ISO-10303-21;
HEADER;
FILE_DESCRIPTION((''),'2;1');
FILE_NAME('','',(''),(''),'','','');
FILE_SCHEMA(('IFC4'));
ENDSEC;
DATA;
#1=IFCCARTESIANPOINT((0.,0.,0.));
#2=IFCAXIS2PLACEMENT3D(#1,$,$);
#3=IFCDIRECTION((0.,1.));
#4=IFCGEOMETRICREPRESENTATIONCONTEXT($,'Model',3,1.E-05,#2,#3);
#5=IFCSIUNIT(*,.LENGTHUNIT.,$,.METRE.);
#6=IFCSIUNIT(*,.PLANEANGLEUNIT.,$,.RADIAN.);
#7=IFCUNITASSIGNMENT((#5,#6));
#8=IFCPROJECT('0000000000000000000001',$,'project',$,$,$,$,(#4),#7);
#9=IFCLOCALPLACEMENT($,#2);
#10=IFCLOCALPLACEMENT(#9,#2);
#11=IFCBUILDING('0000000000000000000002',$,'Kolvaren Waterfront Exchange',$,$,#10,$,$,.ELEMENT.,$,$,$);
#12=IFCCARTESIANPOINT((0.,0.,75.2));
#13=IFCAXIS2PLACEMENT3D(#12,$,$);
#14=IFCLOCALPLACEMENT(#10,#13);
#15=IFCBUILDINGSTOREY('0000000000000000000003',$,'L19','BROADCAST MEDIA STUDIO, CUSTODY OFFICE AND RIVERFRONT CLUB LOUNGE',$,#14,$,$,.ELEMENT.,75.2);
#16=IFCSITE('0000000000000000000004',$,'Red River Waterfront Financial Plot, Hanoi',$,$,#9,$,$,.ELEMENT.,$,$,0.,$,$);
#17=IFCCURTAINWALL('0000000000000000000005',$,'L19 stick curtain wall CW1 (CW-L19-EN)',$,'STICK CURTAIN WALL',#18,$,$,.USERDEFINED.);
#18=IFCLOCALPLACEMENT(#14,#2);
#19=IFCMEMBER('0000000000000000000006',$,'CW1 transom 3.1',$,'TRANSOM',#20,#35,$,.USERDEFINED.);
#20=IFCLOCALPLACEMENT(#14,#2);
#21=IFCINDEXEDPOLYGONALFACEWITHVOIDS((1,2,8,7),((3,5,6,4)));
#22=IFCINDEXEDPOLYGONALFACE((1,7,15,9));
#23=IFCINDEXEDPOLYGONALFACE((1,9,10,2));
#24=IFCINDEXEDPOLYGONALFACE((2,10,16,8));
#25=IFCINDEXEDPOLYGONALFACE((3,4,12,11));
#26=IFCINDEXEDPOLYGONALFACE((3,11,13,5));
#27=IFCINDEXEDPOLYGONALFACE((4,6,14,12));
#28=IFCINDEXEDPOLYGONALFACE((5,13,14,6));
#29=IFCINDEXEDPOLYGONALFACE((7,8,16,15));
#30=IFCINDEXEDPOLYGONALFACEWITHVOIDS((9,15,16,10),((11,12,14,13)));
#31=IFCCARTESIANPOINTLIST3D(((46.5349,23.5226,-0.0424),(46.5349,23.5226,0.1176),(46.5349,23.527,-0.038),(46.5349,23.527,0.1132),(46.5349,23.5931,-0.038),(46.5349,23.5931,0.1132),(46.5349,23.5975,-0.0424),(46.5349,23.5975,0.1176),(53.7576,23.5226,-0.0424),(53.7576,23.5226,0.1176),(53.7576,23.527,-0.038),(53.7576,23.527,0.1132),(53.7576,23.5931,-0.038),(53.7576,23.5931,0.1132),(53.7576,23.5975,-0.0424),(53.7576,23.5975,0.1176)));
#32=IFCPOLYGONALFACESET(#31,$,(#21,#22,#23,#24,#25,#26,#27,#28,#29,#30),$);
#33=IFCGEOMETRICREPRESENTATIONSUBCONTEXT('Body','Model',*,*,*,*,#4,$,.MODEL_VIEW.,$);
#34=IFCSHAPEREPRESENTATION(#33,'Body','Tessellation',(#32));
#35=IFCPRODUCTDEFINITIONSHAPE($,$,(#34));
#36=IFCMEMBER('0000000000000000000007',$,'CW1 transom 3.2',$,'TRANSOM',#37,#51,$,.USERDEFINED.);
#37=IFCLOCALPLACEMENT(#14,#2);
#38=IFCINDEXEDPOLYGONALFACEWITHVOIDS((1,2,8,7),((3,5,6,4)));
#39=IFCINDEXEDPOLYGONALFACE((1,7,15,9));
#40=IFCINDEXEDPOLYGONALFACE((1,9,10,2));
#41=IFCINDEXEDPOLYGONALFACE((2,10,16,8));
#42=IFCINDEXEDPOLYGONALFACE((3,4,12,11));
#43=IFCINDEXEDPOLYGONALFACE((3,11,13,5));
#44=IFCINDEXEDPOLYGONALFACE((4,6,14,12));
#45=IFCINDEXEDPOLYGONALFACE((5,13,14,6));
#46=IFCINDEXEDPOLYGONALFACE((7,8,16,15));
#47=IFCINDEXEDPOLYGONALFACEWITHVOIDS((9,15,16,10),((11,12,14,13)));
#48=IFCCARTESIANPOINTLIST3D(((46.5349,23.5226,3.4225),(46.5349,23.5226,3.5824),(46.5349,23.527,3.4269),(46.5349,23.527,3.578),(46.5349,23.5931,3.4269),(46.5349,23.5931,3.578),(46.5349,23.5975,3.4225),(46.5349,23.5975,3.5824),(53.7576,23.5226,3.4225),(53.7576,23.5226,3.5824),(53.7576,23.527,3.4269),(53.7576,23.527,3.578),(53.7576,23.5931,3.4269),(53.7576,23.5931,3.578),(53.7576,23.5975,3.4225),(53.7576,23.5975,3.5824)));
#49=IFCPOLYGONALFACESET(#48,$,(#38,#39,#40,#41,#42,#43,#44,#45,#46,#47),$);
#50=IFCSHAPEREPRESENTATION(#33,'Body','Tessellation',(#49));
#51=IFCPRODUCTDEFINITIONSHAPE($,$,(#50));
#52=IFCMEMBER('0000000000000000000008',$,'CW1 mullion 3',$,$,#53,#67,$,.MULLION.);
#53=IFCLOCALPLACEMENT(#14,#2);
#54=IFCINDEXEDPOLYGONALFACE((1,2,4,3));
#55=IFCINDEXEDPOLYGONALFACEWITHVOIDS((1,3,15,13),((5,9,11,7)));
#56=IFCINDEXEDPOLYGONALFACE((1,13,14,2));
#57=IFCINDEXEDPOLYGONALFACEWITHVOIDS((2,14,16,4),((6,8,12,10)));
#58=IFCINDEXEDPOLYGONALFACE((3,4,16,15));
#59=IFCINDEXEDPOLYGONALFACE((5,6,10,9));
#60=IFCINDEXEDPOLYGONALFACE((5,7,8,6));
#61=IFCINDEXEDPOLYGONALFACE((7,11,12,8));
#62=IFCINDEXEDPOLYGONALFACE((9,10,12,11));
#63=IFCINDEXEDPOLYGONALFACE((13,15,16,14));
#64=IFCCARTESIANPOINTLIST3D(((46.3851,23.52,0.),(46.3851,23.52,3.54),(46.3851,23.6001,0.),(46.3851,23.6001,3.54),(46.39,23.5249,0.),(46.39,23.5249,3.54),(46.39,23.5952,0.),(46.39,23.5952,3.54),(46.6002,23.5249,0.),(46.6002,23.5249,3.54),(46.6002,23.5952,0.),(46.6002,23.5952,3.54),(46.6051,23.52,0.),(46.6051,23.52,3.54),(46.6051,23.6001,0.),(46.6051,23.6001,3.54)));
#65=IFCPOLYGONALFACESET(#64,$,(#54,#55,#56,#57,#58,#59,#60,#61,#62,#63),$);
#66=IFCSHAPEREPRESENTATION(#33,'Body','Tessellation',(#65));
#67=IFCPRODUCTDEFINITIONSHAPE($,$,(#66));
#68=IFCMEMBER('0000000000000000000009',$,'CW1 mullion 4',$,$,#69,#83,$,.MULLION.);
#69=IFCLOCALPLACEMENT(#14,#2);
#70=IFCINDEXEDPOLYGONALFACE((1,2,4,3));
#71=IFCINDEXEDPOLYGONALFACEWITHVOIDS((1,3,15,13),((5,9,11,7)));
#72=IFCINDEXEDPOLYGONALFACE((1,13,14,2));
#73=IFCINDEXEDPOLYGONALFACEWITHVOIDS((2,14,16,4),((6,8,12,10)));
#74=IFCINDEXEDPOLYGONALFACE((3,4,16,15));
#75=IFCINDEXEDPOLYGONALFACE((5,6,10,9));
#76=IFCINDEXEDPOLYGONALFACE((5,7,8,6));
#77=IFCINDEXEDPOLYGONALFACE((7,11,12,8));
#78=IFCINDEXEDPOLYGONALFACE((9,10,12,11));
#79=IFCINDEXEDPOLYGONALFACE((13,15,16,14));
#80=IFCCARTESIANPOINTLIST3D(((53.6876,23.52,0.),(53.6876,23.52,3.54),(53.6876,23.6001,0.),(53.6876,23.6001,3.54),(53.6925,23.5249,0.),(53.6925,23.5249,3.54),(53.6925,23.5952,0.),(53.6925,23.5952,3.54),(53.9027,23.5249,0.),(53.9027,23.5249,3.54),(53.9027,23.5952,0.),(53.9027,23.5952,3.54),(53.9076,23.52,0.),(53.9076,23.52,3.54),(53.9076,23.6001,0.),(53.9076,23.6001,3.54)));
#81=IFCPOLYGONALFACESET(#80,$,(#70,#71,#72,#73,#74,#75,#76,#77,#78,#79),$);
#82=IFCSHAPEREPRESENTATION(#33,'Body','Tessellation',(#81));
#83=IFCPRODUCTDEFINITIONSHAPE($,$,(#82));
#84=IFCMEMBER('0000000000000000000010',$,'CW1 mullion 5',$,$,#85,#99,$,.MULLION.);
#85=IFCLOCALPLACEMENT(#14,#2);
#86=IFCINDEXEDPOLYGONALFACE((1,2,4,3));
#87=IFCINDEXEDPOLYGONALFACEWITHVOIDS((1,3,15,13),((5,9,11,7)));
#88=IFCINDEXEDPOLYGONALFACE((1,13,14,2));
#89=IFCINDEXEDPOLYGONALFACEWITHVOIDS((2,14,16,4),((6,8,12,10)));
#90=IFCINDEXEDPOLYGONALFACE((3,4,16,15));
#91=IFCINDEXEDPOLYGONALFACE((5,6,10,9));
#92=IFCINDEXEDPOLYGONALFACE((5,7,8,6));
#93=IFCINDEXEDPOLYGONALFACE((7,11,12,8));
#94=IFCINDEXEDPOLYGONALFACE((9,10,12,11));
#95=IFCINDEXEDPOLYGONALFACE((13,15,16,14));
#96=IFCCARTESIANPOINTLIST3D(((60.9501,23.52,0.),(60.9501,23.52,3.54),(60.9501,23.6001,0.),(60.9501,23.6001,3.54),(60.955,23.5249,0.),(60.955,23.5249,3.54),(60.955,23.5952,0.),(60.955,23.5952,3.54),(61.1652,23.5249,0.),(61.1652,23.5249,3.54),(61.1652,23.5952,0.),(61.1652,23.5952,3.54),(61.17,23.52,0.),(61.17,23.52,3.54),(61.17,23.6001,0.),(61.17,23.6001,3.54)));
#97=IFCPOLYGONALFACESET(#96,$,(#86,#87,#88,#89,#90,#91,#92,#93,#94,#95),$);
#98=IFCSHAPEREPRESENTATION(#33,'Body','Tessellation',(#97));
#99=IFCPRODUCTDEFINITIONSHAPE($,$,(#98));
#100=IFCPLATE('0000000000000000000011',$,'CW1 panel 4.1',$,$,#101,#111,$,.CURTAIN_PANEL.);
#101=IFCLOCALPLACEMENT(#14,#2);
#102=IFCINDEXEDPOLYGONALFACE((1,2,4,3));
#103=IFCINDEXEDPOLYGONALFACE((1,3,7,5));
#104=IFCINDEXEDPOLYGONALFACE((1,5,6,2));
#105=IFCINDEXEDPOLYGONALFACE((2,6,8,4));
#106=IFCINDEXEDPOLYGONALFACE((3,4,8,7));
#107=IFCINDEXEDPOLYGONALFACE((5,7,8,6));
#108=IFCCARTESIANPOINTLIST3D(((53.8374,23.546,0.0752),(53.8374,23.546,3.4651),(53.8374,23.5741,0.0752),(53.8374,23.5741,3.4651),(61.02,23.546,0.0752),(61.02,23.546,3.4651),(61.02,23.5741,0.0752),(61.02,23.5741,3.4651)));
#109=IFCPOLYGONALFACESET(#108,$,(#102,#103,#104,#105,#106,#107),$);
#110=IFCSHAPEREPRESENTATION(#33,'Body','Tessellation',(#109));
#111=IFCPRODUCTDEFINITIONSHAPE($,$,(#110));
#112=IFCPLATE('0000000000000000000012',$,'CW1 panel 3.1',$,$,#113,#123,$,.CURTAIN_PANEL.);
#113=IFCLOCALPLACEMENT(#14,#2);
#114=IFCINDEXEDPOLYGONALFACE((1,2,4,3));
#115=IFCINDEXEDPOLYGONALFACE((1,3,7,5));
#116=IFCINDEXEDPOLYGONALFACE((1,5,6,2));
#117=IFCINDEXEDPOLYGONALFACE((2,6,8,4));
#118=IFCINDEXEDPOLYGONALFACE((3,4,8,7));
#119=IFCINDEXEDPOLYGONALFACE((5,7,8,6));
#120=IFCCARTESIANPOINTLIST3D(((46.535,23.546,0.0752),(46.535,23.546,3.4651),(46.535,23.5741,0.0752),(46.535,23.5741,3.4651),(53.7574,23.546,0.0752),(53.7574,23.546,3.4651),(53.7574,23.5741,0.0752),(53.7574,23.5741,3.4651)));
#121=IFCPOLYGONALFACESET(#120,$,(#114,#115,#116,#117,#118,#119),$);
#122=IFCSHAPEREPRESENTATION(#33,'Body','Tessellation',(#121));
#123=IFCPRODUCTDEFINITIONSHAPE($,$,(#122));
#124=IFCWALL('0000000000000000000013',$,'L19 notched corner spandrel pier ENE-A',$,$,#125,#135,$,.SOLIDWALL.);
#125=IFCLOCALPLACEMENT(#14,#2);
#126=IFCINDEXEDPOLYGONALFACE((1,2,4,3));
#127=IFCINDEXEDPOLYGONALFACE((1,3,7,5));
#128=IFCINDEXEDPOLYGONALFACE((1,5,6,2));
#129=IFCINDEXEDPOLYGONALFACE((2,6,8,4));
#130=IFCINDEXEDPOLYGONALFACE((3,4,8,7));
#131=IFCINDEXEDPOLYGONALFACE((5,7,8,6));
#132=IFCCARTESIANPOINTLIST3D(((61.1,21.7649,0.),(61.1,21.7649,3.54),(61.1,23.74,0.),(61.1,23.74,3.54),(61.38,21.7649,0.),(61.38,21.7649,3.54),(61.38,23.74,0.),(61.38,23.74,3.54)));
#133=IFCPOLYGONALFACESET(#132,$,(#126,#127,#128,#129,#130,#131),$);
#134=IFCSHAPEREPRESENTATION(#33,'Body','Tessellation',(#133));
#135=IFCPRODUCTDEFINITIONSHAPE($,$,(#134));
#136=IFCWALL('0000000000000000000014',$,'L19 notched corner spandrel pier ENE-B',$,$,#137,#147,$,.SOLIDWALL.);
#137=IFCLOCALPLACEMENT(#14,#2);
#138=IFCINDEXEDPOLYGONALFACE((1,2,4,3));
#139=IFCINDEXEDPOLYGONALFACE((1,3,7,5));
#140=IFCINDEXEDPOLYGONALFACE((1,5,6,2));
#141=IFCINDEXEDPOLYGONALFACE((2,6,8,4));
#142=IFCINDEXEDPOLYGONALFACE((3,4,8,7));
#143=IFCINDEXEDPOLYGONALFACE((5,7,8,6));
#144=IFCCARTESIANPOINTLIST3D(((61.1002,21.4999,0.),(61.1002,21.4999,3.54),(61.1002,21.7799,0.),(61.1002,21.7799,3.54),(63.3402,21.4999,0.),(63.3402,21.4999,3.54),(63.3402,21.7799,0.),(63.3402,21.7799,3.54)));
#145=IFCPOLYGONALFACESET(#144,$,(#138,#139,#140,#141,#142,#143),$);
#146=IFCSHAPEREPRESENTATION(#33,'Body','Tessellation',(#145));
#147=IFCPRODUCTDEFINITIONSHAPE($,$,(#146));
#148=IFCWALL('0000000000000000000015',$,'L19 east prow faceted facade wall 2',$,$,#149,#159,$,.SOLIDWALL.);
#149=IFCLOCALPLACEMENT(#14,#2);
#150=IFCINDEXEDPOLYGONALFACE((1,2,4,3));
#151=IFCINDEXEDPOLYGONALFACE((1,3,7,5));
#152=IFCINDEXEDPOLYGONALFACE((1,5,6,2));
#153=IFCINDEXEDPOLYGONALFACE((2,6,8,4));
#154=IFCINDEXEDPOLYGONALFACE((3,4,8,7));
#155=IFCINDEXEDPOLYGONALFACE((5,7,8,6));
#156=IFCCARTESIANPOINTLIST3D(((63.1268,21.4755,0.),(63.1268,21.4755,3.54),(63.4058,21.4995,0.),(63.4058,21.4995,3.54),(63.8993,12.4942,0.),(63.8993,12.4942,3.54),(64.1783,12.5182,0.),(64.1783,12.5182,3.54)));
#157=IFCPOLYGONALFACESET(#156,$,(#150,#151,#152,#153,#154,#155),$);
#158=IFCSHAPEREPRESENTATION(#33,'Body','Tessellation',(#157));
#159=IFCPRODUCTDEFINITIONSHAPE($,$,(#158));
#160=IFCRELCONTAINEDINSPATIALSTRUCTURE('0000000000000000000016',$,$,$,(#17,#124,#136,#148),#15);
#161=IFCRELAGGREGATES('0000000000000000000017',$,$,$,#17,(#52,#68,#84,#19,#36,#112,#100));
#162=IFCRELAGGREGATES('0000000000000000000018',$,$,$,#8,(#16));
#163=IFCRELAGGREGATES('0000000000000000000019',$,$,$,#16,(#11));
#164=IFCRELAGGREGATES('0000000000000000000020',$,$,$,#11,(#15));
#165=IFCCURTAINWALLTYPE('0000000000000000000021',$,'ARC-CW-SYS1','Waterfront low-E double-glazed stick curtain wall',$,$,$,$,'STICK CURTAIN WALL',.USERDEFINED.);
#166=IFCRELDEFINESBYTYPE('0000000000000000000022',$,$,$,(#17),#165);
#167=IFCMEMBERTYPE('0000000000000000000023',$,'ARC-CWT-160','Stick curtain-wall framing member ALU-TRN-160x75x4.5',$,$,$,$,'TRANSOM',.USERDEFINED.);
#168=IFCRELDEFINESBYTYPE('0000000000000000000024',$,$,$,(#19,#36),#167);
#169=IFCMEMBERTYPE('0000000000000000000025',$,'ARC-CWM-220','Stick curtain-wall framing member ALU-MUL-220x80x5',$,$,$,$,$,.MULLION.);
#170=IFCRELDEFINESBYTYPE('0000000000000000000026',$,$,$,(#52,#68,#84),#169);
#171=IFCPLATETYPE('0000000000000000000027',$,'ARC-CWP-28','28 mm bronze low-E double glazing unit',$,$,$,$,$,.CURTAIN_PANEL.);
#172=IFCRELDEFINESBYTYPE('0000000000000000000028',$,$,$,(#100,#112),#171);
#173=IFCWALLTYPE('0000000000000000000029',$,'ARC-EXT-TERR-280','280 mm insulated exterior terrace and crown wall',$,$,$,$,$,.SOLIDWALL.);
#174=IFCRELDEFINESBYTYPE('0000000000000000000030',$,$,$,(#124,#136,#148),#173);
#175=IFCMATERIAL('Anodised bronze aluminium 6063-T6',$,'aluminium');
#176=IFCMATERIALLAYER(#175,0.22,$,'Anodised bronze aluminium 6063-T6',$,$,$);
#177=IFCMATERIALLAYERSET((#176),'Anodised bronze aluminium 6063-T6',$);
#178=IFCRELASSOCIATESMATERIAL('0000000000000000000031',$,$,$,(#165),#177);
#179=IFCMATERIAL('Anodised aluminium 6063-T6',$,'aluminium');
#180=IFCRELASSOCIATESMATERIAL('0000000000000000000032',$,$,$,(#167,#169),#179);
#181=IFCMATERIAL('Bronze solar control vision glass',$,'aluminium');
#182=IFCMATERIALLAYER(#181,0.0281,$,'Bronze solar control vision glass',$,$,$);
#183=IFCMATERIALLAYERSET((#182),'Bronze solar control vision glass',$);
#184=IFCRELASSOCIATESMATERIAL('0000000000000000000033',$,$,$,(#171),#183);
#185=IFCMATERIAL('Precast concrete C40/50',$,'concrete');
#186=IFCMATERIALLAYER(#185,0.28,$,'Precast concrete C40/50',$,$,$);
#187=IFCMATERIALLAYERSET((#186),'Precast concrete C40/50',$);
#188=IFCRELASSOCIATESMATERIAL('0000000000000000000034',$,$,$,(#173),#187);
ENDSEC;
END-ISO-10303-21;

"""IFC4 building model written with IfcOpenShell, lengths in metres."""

from ifc_helpers import new_model, si_unit, direction, frame, frame_2d, origin, origin_with_axes, origin_2d, place, context, subcontext, project, spatial, rectangle, hollow_rectangle, extrude, source, transform, mapped, material, layer, layer_set, material_profile, profile_set, type_object, element, aggregate, save


model = new_model("IFC4")

# Units and contexts
model_context = context("Model", 3, precision=1e-05, world=origin(), true_north=direction((0.0, 1.0)))
body_context = subcontext(model_context, "Body", "Model", "MODEL_VIEW")
ifc_project = project(units=[si_unit("LENGTHUNIT", "METRE"), si_unit("PLANEANGLEUNIT", "RADIAN")], contexts=[model_context])

# Site, building, storey
site_placement = place(None, origin())
site = spatial("IfcSite", under=ifc_project, at=site_placement, Name="Red River Waterfront Financial Plot, Hanoi", CompositionType="ELEMENT", RefElevation=0.0)
building_placement = place(site_placement, origin())
building = spatial("IfcBuilding", under=site, at=building_placement, Name="Kolvaren Waterfront Exchange", CompositionType="ELEMENT")
storey_placement = place(building_placement, frame((0.0, 0.0, 75.2)))
storey = spatial("IfcBuildingStorey", under=building, at=storey_placement, Name="L19", Description="BROADCAST MEDIA STUDIO, CUSTODY OFFICE AND RIVERFRONT CLUB LOUNGE", CompositionType="ELEMENT", Elevation=75.2)

# Curtain wall, members, plates
ifc_material_1 = material(Name="Anodised bronze aluminium 6063-T6", Category="aluminium")
ifc_layer_1 = layer(ifc_material_1, 0.22, Name="Anodised bronze aluminium 6063-T6")
ifc_layer_set_1 = layer_set([ifc_layer_1], Name="Anodised bronze aluminium 6063-T6")
curtain_wall_type = type_object("IfcCurtainWallType", Name="ARC-CW-SYS1", Description="Waterfront low-E double-glazed stick curtain wall", ElementType="STICK CURTAIN WALL", PredefinedType="USERDEFINED", material=ifc_layer_set_1)
curtain_wall_placement = place(storey_placement, origin())
curtain_wall = element("IfcCurtainWall", 1, at=curtain_wall_placement, inside=storey, type_object=curtain_wall_type, Name="L19 stick curtain wall CW1 (CW-L19-EN)", ObjectType="STICK CURTAIN WALL", PredefinedType="USERDEFINED")
ifc_material_2 = material(Name="Anodised aluminium 6063-T6", Category="aluminium")
ifc_material_profile_1 = material_profile(ifc_material_2, hollow_rectangle(XDim=0.075, YDim=0.1599, WallThickness=0.0044, at=origin_2d()), Name="ALU-TRN-160x75x4.5")
ifc_profile_set_1 = profile_set([ifc_material_profile_1], Name="Anodised aluminium 6063-T6")
member_type_1 = type_object("IfcMemberType", Name="ARC-CWT-160", Description="Stick curtain-wall framing member ALU-TRN-160x75x4.5", ElementType="TRANSOM", PredefinedType="USERDEFINED", material=ifc_profile_set_1)
shared_shape_1 = source(origin_with_axes(), body_context, "Body", "SweptSolid", [
    extrude(hollow_rectangle(XDim=0.075, YDim=0.1599, WallThickness=0.0044, at=origin_2d()), origin(), (0.0, 0.0, 1.0), 7.2227),
])
member_1_placement = place(storey_placement, frame((46.5349, 23.5601, 0.0376), z_axis=(1.0, 0.0, 0.0), x_axis=(0.0, 1.0, 0.0)))
member_1 = element("IfcMember", 2, at=member_1_placement, type_object=member_type_1, Name="CW1 transom 3.1", ObjectType="TRANSOM", PredefinedType="USERDEFINED", context=body_context, shape_type="MappedRepresentation", body=[
    mapped(shared_shape_1, transform((0.0, 0.0, 0.0), x_axis=(1.0, 0.0, 0.0), y_axis=(0.0, 1.0, 0.0), z_axis=(0.0, 0.0, 1.0), scale=1.0)),
])
member_2_placement = place(storey_placement, frame((46.5349, 23.5601, 3.5024), z_axis=(1.0, 0.0, 0.0), x_axis=(0.0, 1.0, 0.0)))
member_2 = element("IfcMember", 3, at=member_2_placement, type_object=member_type_1, Name="CW1 transom 3.2", ObjectType="TRANSOM", PredefinedType="USERDEFINED", context=body_context, shape_type="MappedRepresentation", body=[
    mapped(shared_shape_1, transform((0.0, 0.0, 0.0), x_axis=(1.0, 0.0, 0.0), y_axis=(0.0, 1.0, 0.0), z_axis=(0.0, 0.0, 1.0), scale=1.0)),
])
ifc_material_profile_2 = material_profile(ifc_material_2, hollow_rectangle(XDim=0.0801, YDim=0.22, WallThickness=0.0049, at=origin_2d()), Name="ALU-MUL-220x80x5")
ifc_profile_set_2 = profile_set([ifc_material_profile_2], Name="Anodised aluminium 6063-T6")
member_type_2 = type_object("IfcMemberType", Name="ARC-CWM-220", Description="Stick curtain-wall framing member ALU-MUL-220x80x5", PredefinedType="MULLION", material=ifc_profile_set_2)
shared_shape_2 = source(origin_with_axes(), body_context, "Body", "SweptSolid", [
    extrude(hollow_rectangle(XDim=0.0801, YDim=0.22, WallThickness=0.0049, at=origin_2d()), origin(), (0.0, 0.0, 1.0), 3.54),
])
member_3_placement = place(storey_placement, frame((46.4951, 23.5601, 0.0), z_axis=(0.0, 0.0, 1.0), x_axis=(0.0, 1.0, 0.0)))
member_3 = element("IfcMember", 4, at=member_3_placement, type_object=member_type_2, Name="CW1 mullion 3", PredefinedType="MULLION", context=body_context, shape_type="MappedRepresentation", body=[
    mapped(shared_shape_2, transform((0.0, 0.0, 0.0), x_axis=(1.0, 0.0, 0.0), y_axis=(0.0, 1.0, 0.0), z_axis=(0.0, 0.0, 1.0), scale=1.0)),
])
member_4_placement = place(storey_placement, frame((53.7976, 23.5601, 0.0), z_axis=(0.0, 0.0, 1.0), x_axis=(0.0, 1.0, 0.0)))
member_4 = element("IfcMember", 5, at=member_4_placement, type_object=member_type_2, Name="CW1 mullion 4", PredefinedType="MULLION", context=body_context, shape_type="MappedRepresentation", body=[
    mapped(shared_shape_2, transform((0.0, 0.0, 0.0), x_axis=(1.0, 0.0, 0.0), y_axis=(0.0, 1.0, 0.0), z_axis=(0.0, 0.0, 1.0), scale=1.0)),
])
member_5_placement = place(storey_placement, frame((61.0601, 23.5601, 0.0), z_axis=(0.0, 0.0, 1.0), x_axis=(0.0, 1.0, 0.0)))
member_5 = element("IfcMember", 6, at=member_5_placement, type_object=member_type_2, Name="CW1 mullion 5", PredefinedType="MULLION", context=body_context, shape_type="MappedRepresentation", body=[
    mapped(shared_shape_2, transform((0.0, 0.0, 0.0), x_axis=(1.0, 0.0, 0.0), y_axis=(0.0, 1.0, 0.0), z_axis=(0.0, 0.0, 1.0), scale=1.0)),
])
ifc_material_3 = material(Name="Bronze solar control vision glass", Category="aluminium")
ifc_layer_2 = layer(ifc_material_3, 0.0281, Name="Bronze solar control vision glass")
ifc_layer_set_2 = layer_set([ifc_layer_2], Name="Bronze solar control vision glass")
plate_type = type_object("IfcPlateType", Name="ARC-CWP-28", Description="28 mm bronze low-E double glazing unit", PredefinedType="CURTAIN_PANEL", material=ifc_layer_set_2)
shared_shape_3 = source(origin_with_axes(), body_context, "Body", "SweptSolid", [
    extrude(rectangle(XDim=7.1826, YDim=0.0281, at=origin_2d()), origin(), (0.0, 0.0, 1.0), 3.3899),
])
plate_1_placement = place(storey_placement, frame((57.4287, 23.5601, 0.0752), z_axis=(0.0, 0.0, 1.0), x_axis=(1.0, 0.0, 0.0)))
plate_1 = element("IfcPlate", 7, at=plate_1_placement, type_object=plate_type, Name="CW1 panel 4.1", PredefinedType="CURTAIN_PANEL", context=body_context, shape_type="MappedRepresentation", body=[
    mapped(shared_shape_3, transform((0.0, 0.0, 0.0), x_axis=(1.0, 0.0, 0.0), y_axis=(0.0, 1.0, 0.0), z_axis=(0.0, 0.0, 1.0), scale=1.0)),
])
shared_shape_4 = source(origin_with_axes(), body_context, "Body", "SweptSolid", [
    extrude(rectangle(XDim=7.2224, YDim=0.0281, at=origin_2d()), origin(), (0.0, 0.0, 1.0), 3.3899),
])
plate_2_placement = place(storey_placement, frame((50.1462, 23.5601, 0.0752), z_axis=(0.0, 0.0, 1.0), x_axis=(1.0, 0.0, 0.0)))
plate_2 = element("IfcPlate", 8, at=plate_2_placement, type_object=plate_type, Name="CW1 panel 3.1", PredefinedType="CURTAIN_PANEL", context=body_context, shape_type="MappedRepresentation", body=[
    mapped(shared_shape_4, transform((0.0, 0.0, 0.0), x_axis=(1.0, 0.0, 0.0), y_axis=(0.0, 1.0, 0.0), z_axis=(0.0, 0.0, 1.0), scale=1.0)),
])
aggregate(curtain_wall, [member_3, member_4, member_5, member_1, member_2, plate_2, plate_1])

# Walls
ifc_material_4 = material(Name="Precast concrete C40/50", Category="concrete")
ifc_layer_3 = layer(ifc_material_4, 0.28, Name="Precast concrete C40/50")
ifc_layer_set_3 = layer_set([ifc_layer_3], Name="Precast concrete C40/50")
wall_type_1 = type_object("IfcWallType", Name="ARC-EXT-TERR-280", Description="280 mm insulated exterior terrace and crown wall", PredefinedType="SOLIDWALL", material=ifc_layer_set_3)
wall_1_placement = place(storey_placement, frame((61.24, 21.7649, 0.0), z_axis=(0.0, 0.0, 1.0), x_axis=(0.0, 1.0, 0.0)))
element("IfcWall", 9, at=wall_1_placement, inside=storey, type_object=wall_type_1, Name="L19 notched corner spandrel pier ENE-A", PredefinedType="SOLIDWALL", context=body_context, shape_type="SweptSolid", body=[
    extrude(rectangle(XDim=1.9751, YDim=0.28, at=frame_2d((0.9875, 0.0))), origin(), (0.0, 0.0, 1.0), 3.54),
])
wall_2_placement = place(storey_placement, frame((61.1001, 21.6399, 0.0), z_axis=(0.0, 0.0, 1.0), x_axis=(1.0, 0.0, 0.0)))
element("IfcWall", 10, at=wall_2_placement, inside=storey, type_object=wall_type_1, Name="L19 notched corner spandrel pier ENE-B", PredefinedType="SOLIDWALL", context=body_context, shape_type="SweptSolid", body=[
    extrude(rectangle(XDim=2.24, YDim=0.28, at=frame_2d((1.1201, 0.0))), origin(), (0.0, 0.0, 1.0), 3.54),
])
wall_3_placement = place(storey_placement, frame((64.0388, 12.5061, 0.0), z_axis=(0.0, 0.0, 1.0), x_axis=(-0.085692, 0.996322, 0.0)))
element("IfcWall", 11, at=wall_3_placement, inside=storey, type_object=wall_type_1, Name="L19 east prow faceted facade wall 2", PredefinedType="SOLIDWALL", context=body_context, shape_type="SweptSolid", body=[
    extrude(rectangle(XDim=9.0144, YDim=0.28, at=frame_2d((4.5073, 0.0))), origin(), (0.0, 0.0, 1.0), 3.54),
])

save(model, "model.ifc")
